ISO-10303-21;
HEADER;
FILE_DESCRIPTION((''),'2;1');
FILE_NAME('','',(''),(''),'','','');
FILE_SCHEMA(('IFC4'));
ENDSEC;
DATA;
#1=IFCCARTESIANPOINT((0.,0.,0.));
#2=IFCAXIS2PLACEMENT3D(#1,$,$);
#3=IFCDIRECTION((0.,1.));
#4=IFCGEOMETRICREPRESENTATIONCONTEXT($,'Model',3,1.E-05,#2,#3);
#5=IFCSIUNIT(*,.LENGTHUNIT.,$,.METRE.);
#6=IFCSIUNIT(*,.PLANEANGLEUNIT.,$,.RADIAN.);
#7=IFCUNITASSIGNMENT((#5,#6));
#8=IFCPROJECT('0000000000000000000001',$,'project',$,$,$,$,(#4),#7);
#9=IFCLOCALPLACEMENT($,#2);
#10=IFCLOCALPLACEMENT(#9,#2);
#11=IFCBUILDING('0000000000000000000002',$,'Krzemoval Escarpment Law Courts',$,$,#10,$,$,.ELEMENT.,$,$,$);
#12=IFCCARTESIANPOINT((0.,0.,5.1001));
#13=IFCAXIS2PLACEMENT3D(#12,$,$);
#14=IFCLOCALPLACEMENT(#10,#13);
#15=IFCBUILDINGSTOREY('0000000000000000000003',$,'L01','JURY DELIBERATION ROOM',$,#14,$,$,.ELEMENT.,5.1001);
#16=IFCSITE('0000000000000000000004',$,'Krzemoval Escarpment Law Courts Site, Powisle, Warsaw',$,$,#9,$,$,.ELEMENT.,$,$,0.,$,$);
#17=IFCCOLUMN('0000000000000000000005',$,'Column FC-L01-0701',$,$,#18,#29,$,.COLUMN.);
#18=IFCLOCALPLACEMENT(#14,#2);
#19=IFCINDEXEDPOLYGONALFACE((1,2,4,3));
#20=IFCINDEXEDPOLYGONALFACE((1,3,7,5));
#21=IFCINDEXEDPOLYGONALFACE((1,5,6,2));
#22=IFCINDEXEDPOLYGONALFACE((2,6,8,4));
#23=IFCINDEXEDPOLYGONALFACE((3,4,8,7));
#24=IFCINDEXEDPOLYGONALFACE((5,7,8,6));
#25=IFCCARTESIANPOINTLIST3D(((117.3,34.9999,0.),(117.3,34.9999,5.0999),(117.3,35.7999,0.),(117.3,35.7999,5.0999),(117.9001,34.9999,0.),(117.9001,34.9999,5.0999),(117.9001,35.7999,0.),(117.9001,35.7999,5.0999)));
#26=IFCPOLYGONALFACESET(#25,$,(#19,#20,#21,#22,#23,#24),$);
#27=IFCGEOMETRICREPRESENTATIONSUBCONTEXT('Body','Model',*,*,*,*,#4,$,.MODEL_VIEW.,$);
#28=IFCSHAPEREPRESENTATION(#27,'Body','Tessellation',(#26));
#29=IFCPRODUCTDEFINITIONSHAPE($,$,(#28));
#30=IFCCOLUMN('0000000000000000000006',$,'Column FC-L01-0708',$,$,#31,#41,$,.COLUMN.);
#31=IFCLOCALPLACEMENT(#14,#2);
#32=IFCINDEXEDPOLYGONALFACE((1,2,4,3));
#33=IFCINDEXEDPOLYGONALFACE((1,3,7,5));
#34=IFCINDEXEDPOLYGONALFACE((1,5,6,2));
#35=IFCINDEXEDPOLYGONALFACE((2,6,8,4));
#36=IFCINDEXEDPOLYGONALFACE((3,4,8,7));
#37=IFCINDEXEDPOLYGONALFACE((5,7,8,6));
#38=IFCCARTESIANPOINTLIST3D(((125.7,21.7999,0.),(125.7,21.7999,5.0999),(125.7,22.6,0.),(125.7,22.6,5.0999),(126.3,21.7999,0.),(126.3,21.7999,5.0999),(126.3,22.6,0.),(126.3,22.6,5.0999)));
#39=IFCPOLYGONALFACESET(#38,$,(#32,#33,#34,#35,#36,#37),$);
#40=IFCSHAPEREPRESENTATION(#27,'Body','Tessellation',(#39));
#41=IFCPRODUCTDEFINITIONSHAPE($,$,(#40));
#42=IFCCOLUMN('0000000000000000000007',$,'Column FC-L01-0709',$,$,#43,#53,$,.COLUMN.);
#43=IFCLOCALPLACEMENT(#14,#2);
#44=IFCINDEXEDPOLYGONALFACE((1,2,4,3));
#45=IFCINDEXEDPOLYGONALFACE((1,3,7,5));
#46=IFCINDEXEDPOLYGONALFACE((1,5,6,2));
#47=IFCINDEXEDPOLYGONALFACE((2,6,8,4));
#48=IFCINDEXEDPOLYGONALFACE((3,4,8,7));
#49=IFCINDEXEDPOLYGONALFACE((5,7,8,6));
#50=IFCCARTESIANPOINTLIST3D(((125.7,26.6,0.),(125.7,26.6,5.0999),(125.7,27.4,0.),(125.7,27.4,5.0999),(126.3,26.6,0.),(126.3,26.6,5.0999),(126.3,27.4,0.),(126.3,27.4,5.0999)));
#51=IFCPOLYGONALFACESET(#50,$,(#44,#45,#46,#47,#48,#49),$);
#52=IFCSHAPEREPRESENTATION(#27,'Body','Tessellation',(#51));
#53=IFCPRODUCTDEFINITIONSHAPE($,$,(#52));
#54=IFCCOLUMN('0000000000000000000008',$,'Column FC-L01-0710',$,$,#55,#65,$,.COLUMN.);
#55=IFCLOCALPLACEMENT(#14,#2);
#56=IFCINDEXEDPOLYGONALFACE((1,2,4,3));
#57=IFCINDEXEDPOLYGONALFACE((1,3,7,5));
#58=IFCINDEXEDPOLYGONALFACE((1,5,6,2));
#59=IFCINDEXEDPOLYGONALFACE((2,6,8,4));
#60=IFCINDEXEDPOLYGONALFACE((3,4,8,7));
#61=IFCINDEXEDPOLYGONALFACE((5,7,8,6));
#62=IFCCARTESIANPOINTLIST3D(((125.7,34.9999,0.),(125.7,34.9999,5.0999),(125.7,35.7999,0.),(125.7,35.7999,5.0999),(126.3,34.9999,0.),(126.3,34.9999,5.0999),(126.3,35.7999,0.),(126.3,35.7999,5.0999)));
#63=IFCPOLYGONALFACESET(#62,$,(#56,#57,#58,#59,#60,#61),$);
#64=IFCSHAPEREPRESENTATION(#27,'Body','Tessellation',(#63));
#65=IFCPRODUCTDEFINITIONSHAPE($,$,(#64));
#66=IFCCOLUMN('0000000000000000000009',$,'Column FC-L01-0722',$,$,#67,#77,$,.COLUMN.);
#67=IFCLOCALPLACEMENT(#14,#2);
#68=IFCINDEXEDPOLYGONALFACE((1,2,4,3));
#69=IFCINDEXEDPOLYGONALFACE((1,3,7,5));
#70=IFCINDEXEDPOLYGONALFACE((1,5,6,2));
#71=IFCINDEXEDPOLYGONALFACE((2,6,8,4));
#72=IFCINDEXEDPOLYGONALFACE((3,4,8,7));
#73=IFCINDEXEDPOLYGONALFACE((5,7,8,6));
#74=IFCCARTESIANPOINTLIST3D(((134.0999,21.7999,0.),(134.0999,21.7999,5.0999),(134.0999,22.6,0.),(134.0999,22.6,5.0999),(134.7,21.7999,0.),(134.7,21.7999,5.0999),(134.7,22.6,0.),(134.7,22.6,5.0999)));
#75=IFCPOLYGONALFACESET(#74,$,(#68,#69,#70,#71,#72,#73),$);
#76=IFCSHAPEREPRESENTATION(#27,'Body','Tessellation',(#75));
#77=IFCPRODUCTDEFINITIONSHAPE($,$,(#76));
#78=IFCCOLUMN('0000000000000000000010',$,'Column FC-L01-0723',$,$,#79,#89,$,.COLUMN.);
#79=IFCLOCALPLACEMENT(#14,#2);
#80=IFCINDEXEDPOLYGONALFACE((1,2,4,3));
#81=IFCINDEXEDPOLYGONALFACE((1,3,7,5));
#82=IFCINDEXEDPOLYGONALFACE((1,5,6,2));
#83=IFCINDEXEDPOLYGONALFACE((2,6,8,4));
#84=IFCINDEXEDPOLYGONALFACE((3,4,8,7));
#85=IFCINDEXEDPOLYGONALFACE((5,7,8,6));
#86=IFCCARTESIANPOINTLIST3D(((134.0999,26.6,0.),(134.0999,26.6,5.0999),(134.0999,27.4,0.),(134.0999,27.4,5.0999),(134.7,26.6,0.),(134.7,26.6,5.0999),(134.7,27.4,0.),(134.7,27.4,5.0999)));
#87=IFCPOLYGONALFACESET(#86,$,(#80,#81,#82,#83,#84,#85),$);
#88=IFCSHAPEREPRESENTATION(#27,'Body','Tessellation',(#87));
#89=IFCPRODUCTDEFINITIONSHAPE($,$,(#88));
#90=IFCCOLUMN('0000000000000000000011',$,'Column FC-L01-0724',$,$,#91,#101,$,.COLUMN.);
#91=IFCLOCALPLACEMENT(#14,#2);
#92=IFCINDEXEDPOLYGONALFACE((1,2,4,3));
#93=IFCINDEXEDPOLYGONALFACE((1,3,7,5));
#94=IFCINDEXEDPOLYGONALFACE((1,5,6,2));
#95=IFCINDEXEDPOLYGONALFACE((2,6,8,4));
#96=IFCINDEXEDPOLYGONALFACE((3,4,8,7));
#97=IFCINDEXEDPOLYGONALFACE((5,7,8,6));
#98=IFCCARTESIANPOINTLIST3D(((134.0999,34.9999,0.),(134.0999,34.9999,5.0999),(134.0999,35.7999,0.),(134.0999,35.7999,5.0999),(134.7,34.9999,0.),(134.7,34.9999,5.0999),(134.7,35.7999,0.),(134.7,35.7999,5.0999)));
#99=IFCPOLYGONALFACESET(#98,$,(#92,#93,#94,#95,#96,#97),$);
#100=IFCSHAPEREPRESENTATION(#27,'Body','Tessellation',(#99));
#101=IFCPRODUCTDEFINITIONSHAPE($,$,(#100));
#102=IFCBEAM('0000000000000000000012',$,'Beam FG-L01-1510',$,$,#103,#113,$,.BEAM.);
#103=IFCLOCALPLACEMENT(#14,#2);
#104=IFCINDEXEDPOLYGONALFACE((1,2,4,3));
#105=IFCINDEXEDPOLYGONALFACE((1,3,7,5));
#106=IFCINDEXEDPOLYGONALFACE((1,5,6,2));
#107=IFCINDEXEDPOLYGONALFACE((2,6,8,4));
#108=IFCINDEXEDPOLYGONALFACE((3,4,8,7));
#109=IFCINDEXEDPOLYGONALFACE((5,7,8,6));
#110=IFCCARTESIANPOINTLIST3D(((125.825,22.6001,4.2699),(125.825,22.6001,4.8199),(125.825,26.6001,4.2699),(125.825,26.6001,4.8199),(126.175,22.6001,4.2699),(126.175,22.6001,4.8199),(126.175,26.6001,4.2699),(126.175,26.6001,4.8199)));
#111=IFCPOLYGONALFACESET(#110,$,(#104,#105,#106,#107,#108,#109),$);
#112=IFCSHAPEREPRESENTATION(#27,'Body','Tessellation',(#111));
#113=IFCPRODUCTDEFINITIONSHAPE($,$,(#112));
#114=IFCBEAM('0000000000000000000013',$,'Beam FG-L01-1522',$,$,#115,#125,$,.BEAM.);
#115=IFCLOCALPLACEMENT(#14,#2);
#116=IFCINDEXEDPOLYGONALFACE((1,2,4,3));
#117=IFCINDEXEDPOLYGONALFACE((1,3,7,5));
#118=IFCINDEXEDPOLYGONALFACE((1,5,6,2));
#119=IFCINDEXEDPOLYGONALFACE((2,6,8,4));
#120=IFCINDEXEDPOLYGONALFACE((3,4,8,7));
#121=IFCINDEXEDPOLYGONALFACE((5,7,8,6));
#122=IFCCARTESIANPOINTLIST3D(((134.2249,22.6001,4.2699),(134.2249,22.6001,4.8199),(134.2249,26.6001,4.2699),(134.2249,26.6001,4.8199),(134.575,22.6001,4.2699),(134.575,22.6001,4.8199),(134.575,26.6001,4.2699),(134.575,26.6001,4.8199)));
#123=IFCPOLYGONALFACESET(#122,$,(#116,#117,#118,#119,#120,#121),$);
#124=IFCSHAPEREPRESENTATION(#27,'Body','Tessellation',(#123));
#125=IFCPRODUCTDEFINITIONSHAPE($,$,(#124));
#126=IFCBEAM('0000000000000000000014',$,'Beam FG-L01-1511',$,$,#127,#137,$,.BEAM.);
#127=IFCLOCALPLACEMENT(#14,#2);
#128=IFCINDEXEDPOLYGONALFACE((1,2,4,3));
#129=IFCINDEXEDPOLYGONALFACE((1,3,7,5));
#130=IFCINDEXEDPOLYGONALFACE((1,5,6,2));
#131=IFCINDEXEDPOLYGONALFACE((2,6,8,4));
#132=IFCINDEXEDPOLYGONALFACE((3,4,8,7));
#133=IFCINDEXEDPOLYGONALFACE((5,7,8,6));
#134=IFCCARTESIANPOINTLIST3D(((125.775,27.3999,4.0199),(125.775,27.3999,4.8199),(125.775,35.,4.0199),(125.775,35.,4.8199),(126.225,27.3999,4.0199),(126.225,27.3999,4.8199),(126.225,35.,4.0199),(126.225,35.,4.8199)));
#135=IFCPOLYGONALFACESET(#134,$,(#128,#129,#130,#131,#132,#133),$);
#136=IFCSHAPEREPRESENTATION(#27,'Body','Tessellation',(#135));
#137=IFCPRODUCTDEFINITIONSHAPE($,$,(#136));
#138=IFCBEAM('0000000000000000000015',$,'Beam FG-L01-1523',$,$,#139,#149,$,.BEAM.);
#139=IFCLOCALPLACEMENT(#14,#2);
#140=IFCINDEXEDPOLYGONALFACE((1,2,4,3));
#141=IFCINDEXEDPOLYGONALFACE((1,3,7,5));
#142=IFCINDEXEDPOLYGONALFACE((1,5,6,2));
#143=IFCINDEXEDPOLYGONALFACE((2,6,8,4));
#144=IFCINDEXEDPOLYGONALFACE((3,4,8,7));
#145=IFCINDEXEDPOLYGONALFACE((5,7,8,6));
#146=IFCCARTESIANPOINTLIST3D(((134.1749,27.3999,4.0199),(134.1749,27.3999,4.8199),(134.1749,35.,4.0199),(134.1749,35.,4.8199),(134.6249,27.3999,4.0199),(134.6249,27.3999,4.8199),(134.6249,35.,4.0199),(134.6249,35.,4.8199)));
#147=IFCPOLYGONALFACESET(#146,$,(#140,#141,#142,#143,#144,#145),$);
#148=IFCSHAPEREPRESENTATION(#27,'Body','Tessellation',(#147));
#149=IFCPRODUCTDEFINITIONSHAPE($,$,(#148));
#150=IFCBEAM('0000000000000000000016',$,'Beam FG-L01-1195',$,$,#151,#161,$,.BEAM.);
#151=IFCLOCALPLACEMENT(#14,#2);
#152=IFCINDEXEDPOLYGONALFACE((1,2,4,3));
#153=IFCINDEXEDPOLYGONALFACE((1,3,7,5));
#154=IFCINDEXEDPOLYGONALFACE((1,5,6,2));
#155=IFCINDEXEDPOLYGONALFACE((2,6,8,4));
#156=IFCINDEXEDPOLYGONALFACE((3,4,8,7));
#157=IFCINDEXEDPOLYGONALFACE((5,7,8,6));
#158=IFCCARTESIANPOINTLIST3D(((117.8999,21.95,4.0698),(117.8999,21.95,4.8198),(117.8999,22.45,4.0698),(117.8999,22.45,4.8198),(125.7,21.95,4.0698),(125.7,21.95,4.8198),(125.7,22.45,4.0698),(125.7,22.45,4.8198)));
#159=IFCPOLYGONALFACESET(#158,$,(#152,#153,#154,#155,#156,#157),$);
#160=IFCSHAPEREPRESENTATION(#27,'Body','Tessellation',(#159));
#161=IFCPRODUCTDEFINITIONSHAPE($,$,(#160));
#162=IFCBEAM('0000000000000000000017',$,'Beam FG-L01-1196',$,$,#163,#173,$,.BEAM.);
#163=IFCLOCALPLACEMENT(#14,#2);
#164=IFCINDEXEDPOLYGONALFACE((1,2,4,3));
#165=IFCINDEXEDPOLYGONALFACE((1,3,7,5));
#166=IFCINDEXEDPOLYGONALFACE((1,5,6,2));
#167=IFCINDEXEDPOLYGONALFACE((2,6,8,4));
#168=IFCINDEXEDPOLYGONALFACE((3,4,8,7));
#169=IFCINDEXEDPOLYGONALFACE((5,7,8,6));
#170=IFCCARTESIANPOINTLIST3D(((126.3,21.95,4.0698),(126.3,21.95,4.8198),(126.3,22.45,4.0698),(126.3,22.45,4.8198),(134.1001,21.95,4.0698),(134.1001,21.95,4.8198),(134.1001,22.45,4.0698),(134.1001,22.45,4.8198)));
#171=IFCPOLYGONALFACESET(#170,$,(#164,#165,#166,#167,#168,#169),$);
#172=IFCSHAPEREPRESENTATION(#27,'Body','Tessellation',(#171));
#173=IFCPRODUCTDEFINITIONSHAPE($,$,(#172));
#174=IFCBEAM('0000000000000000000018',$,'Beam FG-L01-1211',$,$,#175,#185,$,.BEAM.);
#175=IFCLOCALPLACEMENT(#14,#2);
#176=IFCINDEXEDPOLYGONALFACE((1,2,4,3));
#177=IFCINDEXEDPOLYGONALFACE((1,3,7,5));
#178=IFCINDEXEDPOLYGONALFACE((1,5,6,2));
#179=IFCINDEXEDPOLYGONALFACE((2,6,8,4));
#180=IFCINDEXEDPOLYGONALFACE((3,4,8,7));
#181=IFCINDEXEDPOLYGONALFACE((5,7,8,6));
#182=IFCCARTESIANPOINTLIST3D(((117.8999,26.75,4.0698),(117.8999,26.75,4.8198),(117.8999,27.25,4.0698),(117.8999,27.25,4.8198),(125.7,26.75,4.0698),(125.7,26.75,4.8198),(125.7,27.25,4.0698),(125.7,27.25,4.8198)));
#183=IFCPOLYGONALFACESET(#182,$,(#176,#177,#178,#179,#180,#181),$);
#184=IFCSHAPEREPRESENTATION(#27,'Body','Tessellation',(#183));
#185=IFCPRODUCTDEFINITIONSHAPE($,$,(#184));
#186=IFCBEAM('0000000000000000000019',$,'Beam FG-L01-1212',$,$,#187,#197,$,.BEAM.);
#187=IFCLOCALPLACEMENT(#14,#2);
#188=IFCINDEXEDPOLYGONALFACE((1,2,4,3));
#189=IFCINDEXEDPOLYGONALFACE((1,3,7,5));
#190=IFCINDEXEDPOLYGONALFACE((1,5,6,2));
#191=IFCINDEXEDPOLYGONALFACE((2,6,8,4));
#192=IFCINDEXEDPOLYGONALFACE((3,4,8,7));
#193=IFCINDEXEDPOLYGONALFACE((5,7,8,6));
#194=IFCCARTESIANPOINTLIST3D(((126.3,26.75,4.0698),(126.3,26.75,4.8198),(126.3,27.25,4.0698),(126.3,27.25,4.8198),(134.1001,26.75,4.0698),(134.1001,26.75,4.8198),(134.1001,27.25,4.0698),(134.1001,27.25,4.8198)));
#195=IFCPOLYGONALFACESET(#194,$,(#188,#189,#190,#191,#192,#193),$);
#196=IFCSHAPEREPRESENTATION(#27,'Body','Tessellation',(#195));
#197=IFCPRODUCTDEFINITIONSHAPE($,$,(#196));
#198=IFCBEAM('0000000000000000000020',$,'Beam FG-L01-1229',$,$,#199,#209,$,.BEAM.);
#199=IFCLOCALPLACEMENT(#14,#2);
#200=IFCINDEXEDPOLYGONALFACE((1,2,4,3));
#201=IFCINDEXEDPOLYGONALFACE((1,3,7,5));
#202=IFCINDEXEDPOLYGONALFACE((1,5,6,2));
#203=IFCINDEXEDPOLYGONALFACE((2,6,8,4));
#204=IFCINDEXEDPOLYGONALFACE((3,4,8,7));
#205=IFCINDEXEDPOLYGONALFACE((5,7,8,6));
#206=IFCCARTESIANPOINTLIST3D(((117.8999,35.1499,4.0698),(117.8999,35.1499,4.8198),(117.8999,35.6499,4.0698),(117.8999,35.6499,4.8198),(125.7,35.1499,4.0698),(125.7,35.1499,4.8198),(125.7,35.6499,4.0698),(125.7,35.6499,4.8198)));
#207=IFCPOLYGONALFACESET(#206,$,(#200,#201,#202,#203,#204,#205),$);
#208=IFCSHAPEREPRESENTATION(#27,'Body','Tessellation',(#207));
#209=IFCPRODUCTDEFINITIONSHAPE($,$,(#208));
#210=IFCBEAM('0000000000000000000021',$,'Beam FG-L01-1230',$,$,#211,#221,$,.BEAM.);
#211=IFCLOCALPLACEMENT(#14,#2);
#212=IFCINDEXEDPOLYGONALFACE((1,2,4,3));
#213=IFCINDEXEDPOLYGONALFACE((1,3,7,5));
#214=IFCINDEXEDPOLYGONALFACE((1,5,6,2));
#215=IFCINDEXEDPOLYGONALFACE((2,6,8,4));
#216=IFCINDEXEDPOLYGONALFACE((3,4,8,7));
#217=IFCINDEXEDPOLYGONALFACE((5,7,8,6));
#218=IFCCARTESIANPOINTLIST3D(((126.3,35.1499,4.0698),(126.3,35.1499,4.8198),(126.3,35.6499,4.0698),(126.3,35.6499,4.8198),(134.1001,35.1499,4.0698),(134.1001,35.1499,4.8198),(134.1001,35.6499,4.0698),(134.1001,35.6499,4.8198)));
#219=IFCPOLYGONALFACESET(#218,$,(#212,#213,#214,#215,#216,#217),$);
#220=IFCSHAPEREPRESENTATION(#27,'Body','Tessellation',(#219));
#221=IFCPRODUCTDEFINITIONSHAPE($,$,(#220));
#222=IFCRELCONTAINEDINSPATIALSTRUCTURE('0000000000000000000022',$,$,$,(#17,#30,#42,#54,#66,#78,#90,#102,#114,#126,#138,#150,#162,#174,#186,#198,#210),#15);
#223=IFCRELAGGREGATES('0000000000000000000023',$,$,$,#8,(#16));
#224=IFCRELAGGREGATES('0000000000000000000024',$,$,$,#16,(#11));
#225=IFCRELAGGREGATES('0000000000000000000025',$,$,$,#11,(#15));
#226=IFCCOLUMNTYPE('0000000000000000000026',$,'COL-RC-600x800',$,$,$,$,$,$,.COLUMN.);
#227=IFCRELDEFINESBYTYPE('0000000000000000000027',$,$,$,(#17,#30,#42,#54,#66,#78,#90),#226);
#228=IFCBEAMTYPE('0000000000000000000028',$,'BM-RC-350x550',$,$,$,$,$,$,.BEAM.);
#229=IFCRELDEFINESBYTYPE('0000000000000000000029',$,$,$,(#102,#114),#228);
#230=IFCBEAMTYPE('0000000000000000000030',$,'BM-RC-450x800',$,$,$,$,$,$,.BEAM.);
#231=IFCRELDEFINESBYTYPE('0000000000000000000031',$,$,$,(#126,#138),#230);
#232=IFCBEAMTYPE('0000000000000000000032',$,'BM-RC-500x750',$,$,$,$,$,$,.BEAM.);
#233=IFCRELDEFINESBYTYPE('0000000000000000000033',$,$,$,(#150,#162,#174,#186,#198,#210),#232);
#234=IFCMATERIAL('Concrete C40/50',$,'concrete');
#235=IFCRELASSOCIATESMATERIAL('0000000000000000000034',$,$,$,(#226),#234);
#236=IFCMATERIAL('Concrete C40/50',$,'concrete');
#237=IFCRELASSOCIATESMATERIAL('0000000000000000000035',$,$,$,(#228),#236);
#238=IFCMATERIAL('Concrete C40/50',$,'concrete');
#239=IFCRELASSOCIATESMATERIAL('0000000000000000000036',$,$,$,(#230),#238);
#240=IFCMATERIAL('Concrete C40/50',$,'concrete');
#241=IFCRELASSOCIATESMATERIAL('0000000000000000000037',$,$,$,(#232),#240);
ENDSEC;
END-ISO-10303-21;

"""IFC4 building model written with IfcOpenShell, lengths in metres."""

from ifc_helpers import new_model, si_unit, direction, frame, origin, origin_2d, place, context, subcontext, project, spatial, rectangle, extrude, material, material_profile, profile_set, type_object, element, save


model = new_model("IFC4")

# Units and contexts
model_context = context("Model", 3, precision=1e-05, world=origin(), true_north=direction((0.0, 1.0)))
body_context = subcontext(model_context, "Body", "Model", "MODEL_VIEW")
ifc_project = project(units=[si_unit("LENGTHUNIT", "METRE"), si_unit("PLANEANGLEUNIT", "RADIAN")], contexts=[model_context])

# Site, building, storey
site_placement = place(None, origin())
site = spatial("IfcSite", under=ifc_project, at=site_placement, Name="Krzemoval Escarpment Law Courts Site, Powisle, Warsaw", CompositionType="ELEMENT", RefElevation=0.0)
building_placement = place(site_placement, origin())
building = spatial("IfcBuilding", under=site, at=building_placement, Name="Krzemoval Escarpment Law Courts", CompositionType="ELEMENT")
storey_placement = place(building_placement, frame((0.0, 0.0, 5.1001)))
storey = spatial("IfcBuildingStorey", under=building, at=storey_placement, Name="L01", Description="JURY DELIBERATION ROOM", CompositionType="ELEMENT", Elevation=5.1001)

# Columns
ifc_material_1 = material(Name="Concrete C40/50", Category="concrete")
ifc_material_profile_1 = material_profile(ifc_material_1, rectangle(XDim=0.6001, YDim=0.8, at=origin_2d()), Name="RC 600x800")
ifc_profile_set_1 = profile_set([ifc_material_profile_1], Name="Concrete C40/50")
column_type = type_object("IfcColumnType", Name="COL-RC-600x800", PredefinedType="COLUMN", material=ifc_profile_set_1)
for number, where, z_axis, x_axis, name in (
    (1, (117.6001, 35.3999, 0.0), (0.0, 0.0, 1.0), (1.0, 0.0, 0.0), "Column FC-L01-0701"),
    (2, (126.0, 22.2, 0.0), (0.0, 0.0, 1.0), (1.0, 0.0, 0.0), "Column FC-L01-0708"),
    (3, (126.0, 27.0, 0.0), (0.0, 0.0, 1.0), (1.0, 0.0, 0.0), "Column FC-L01-0709"),
    (4, (126.0, 35.3999, 0.0), (0.0, 0.0, 1.0), (1.0, 0.0, 0.0), "Column FC-L01-0710"),
    (5, (134.3999, 22.2, 0.0), (0.0, 0.0, 1.0), (1.0, 0.0, 0.0), "Column FC-L01-0722"),
    (6, (134.3999, 27.0, 0.0), (0.0, 0.0, 1.0), (1.0, 0.0, 0.0), "Column FC-L01-0723"),
    (7, (134.3999, 35.3999, 0.0), (0.0, 0.0, 1.0), (1.0, 0.0, 0.0), "Column FC-L01-0724"),
):
    element("IfcColumn", number, at=place(storey_placement, frame(where, z_axis=z_axis, x_axis=x_axis)), inside=storey, type_object=column_type, Name=name, PredefinedType="COLUMN", context=body_context, shape_type="SweptSolid", body=[
        extrude(rectangle(XDim=0.6001, YDim=0.8, at=origin_2d()), origin(), (0.0, 0.0, 1.0), 5.0999),
    ])

# Beams
ifc_material_2 = material(Name="Concrete C40/50", Category="concrete")
ifc_material_profile_2 = material_profile(ifc_material_2, rectangle(XDim=0.3501, YDim=0.55, at=origin_2d()), Name="RCB 350x550")
ifc_profile_set_2 = profile_set([ifc_material_profile_2], Name="Concrete C40/50")
beam_type_1 = type_object("IfcBeamType", Name="BM-RC-350x550", PredefinedType="BEAM", material=ifc_profile_set_2)
for number, where, z_axis, x_axis, name in (
    (8, (126.0, 22.6001, 4.5449), (0.0, 1.0, 0.0), (-1.0, 0.0, 0.0), "Beam FG-L01-1510"),
    (9, (134.3999, 22.6001, 4.5449), (0.0, 1.0, 0.0), (-1.0, 0.0, 0.0), "Beam FG-L01-1522"),
):
    element("IfcBeam", number, at=place(storey_placement, frame(where, z_axis=z_axis, x_axis=x_axis)), inside=storey, type_object=beam_type_1, Name=name, PredefinedType="BEAM", context=body_context, shape_type="SweptSolid", body=[
        extrude(rectangle(XDim=0.3501, YDim=0.55, at=origin_2d()), origin(), (0.0, 0.0, 1.0), 4.0),
    ])
ifc_material_3 = material(Name="Concrete C40/50", Category="concrete")
ifc_material_profile_3 = material_profile(ifc_material_3, rectangle(XDim=0.45, YDim=0.8, at=origin_2d()), Name="RCB 450x800")
ifc_profile_set_3 = profile_set([ifc_material_profile_3], Name="Concrete C40/50")
beam_type_2 = type_object("IfcBeamType", Name="BM-RC-450x800", PredefinedType="BEAM", material=ifc_profile_set_3)
for number, where, z_axis, x_axis, name in (
    (10, (126.0, 27.3999, 4.4199), (0.0, 1.0, 0.0), (-1.0, 0.0, 0.0), "Beam FG-L01-1511"),
    (11, (134.3999, 27.3999, 4.4199), (0.0, 1.0, 0.0), (-1.0, 0.0, 0.0), "Beam FG-L01-1523"),
):
    element("IfcBeam", number, at=place(storey_placement, frame(where, z_axis=z_axis, x_axis=x_axis)), inside=storey, type_object=beam_type_2, Name=name, PredefinedType="BEAM", context=body_context, shape_type="SweptSolid", body=[
        extrude(rectangle(XDim=0.45, YDim=0.8, at=origin_2d()), origin(), (0.0, 0.0, 1.0), 7.6001),
    ])
ifc_material_4 = material(Name="Concrete C40/50", Category="concrete")
ifc_material_profile_4 = material_profile(ifc_material_4, rectangle(XDim=0.5, YDim=0.75, at=origin_2d()), Name="RCB 500x750")
ifc_profile_set_4 = profile_set([ifc_material_profile_4], Name="Concrete C40/50")
beam_type_3 = type_object("IfcBeamType", Name="BM-RC-500x750", PredefinedType="BEAM", material=ifc_profile_set_4)
for number, where, z_axis, x_axis, name in (
    (12, (117.8999, 22.2, 4.4448), (1.0, 0.0, 0.0), (0.0, 1.0, 0.0), "Beam FG-L01-1195"),
    (13, (126.3, 22.2, 4.4448), (1.0, 0.0, 0.0), (0.0, 1.0, 0.0), "Beam FG-L01-1196"),
    (14, (117.8999, 27.0, 4.4448), (1.0, 0.0, 0.0), (0.0, 1.0, 0.0), "Beam FG-L01-1211"),
    (15, (126.3, 27.0, 4.4448), (1.0, 0.0, 0.0), (0.0, 1.0, 0.0), "Beam FG-L01-1212"),
    (16, (117.8999, 35.3999, 4.4448), (1.0, 0.0, 0.0), (0.0, 1.0, 0.0), "Beam FG-L01-1229"),
    (17, (126.3, 35.3999, 4.4448), (1.0, 0.0, 0.0), (0.0, 1.0, 0.0), "Beam FG-L01-1230"),
):
    element("IfcBeam", number, at=place(storey_placement, frame(where, z_axis=z_axis, x_axis=x_axis)), inside=storey, type_object=beam_type_3, Name=name, PredefinedType="BEAM", context=body_context, shape_type="SweptSolid", body=[
        extrude(rectangle(XDim=0.5, YDim=0.75, at=origin_2d()), origin(), (0.0, 0.0, 1.0), 7.8),
    ])

save(model, "model.ifc")
